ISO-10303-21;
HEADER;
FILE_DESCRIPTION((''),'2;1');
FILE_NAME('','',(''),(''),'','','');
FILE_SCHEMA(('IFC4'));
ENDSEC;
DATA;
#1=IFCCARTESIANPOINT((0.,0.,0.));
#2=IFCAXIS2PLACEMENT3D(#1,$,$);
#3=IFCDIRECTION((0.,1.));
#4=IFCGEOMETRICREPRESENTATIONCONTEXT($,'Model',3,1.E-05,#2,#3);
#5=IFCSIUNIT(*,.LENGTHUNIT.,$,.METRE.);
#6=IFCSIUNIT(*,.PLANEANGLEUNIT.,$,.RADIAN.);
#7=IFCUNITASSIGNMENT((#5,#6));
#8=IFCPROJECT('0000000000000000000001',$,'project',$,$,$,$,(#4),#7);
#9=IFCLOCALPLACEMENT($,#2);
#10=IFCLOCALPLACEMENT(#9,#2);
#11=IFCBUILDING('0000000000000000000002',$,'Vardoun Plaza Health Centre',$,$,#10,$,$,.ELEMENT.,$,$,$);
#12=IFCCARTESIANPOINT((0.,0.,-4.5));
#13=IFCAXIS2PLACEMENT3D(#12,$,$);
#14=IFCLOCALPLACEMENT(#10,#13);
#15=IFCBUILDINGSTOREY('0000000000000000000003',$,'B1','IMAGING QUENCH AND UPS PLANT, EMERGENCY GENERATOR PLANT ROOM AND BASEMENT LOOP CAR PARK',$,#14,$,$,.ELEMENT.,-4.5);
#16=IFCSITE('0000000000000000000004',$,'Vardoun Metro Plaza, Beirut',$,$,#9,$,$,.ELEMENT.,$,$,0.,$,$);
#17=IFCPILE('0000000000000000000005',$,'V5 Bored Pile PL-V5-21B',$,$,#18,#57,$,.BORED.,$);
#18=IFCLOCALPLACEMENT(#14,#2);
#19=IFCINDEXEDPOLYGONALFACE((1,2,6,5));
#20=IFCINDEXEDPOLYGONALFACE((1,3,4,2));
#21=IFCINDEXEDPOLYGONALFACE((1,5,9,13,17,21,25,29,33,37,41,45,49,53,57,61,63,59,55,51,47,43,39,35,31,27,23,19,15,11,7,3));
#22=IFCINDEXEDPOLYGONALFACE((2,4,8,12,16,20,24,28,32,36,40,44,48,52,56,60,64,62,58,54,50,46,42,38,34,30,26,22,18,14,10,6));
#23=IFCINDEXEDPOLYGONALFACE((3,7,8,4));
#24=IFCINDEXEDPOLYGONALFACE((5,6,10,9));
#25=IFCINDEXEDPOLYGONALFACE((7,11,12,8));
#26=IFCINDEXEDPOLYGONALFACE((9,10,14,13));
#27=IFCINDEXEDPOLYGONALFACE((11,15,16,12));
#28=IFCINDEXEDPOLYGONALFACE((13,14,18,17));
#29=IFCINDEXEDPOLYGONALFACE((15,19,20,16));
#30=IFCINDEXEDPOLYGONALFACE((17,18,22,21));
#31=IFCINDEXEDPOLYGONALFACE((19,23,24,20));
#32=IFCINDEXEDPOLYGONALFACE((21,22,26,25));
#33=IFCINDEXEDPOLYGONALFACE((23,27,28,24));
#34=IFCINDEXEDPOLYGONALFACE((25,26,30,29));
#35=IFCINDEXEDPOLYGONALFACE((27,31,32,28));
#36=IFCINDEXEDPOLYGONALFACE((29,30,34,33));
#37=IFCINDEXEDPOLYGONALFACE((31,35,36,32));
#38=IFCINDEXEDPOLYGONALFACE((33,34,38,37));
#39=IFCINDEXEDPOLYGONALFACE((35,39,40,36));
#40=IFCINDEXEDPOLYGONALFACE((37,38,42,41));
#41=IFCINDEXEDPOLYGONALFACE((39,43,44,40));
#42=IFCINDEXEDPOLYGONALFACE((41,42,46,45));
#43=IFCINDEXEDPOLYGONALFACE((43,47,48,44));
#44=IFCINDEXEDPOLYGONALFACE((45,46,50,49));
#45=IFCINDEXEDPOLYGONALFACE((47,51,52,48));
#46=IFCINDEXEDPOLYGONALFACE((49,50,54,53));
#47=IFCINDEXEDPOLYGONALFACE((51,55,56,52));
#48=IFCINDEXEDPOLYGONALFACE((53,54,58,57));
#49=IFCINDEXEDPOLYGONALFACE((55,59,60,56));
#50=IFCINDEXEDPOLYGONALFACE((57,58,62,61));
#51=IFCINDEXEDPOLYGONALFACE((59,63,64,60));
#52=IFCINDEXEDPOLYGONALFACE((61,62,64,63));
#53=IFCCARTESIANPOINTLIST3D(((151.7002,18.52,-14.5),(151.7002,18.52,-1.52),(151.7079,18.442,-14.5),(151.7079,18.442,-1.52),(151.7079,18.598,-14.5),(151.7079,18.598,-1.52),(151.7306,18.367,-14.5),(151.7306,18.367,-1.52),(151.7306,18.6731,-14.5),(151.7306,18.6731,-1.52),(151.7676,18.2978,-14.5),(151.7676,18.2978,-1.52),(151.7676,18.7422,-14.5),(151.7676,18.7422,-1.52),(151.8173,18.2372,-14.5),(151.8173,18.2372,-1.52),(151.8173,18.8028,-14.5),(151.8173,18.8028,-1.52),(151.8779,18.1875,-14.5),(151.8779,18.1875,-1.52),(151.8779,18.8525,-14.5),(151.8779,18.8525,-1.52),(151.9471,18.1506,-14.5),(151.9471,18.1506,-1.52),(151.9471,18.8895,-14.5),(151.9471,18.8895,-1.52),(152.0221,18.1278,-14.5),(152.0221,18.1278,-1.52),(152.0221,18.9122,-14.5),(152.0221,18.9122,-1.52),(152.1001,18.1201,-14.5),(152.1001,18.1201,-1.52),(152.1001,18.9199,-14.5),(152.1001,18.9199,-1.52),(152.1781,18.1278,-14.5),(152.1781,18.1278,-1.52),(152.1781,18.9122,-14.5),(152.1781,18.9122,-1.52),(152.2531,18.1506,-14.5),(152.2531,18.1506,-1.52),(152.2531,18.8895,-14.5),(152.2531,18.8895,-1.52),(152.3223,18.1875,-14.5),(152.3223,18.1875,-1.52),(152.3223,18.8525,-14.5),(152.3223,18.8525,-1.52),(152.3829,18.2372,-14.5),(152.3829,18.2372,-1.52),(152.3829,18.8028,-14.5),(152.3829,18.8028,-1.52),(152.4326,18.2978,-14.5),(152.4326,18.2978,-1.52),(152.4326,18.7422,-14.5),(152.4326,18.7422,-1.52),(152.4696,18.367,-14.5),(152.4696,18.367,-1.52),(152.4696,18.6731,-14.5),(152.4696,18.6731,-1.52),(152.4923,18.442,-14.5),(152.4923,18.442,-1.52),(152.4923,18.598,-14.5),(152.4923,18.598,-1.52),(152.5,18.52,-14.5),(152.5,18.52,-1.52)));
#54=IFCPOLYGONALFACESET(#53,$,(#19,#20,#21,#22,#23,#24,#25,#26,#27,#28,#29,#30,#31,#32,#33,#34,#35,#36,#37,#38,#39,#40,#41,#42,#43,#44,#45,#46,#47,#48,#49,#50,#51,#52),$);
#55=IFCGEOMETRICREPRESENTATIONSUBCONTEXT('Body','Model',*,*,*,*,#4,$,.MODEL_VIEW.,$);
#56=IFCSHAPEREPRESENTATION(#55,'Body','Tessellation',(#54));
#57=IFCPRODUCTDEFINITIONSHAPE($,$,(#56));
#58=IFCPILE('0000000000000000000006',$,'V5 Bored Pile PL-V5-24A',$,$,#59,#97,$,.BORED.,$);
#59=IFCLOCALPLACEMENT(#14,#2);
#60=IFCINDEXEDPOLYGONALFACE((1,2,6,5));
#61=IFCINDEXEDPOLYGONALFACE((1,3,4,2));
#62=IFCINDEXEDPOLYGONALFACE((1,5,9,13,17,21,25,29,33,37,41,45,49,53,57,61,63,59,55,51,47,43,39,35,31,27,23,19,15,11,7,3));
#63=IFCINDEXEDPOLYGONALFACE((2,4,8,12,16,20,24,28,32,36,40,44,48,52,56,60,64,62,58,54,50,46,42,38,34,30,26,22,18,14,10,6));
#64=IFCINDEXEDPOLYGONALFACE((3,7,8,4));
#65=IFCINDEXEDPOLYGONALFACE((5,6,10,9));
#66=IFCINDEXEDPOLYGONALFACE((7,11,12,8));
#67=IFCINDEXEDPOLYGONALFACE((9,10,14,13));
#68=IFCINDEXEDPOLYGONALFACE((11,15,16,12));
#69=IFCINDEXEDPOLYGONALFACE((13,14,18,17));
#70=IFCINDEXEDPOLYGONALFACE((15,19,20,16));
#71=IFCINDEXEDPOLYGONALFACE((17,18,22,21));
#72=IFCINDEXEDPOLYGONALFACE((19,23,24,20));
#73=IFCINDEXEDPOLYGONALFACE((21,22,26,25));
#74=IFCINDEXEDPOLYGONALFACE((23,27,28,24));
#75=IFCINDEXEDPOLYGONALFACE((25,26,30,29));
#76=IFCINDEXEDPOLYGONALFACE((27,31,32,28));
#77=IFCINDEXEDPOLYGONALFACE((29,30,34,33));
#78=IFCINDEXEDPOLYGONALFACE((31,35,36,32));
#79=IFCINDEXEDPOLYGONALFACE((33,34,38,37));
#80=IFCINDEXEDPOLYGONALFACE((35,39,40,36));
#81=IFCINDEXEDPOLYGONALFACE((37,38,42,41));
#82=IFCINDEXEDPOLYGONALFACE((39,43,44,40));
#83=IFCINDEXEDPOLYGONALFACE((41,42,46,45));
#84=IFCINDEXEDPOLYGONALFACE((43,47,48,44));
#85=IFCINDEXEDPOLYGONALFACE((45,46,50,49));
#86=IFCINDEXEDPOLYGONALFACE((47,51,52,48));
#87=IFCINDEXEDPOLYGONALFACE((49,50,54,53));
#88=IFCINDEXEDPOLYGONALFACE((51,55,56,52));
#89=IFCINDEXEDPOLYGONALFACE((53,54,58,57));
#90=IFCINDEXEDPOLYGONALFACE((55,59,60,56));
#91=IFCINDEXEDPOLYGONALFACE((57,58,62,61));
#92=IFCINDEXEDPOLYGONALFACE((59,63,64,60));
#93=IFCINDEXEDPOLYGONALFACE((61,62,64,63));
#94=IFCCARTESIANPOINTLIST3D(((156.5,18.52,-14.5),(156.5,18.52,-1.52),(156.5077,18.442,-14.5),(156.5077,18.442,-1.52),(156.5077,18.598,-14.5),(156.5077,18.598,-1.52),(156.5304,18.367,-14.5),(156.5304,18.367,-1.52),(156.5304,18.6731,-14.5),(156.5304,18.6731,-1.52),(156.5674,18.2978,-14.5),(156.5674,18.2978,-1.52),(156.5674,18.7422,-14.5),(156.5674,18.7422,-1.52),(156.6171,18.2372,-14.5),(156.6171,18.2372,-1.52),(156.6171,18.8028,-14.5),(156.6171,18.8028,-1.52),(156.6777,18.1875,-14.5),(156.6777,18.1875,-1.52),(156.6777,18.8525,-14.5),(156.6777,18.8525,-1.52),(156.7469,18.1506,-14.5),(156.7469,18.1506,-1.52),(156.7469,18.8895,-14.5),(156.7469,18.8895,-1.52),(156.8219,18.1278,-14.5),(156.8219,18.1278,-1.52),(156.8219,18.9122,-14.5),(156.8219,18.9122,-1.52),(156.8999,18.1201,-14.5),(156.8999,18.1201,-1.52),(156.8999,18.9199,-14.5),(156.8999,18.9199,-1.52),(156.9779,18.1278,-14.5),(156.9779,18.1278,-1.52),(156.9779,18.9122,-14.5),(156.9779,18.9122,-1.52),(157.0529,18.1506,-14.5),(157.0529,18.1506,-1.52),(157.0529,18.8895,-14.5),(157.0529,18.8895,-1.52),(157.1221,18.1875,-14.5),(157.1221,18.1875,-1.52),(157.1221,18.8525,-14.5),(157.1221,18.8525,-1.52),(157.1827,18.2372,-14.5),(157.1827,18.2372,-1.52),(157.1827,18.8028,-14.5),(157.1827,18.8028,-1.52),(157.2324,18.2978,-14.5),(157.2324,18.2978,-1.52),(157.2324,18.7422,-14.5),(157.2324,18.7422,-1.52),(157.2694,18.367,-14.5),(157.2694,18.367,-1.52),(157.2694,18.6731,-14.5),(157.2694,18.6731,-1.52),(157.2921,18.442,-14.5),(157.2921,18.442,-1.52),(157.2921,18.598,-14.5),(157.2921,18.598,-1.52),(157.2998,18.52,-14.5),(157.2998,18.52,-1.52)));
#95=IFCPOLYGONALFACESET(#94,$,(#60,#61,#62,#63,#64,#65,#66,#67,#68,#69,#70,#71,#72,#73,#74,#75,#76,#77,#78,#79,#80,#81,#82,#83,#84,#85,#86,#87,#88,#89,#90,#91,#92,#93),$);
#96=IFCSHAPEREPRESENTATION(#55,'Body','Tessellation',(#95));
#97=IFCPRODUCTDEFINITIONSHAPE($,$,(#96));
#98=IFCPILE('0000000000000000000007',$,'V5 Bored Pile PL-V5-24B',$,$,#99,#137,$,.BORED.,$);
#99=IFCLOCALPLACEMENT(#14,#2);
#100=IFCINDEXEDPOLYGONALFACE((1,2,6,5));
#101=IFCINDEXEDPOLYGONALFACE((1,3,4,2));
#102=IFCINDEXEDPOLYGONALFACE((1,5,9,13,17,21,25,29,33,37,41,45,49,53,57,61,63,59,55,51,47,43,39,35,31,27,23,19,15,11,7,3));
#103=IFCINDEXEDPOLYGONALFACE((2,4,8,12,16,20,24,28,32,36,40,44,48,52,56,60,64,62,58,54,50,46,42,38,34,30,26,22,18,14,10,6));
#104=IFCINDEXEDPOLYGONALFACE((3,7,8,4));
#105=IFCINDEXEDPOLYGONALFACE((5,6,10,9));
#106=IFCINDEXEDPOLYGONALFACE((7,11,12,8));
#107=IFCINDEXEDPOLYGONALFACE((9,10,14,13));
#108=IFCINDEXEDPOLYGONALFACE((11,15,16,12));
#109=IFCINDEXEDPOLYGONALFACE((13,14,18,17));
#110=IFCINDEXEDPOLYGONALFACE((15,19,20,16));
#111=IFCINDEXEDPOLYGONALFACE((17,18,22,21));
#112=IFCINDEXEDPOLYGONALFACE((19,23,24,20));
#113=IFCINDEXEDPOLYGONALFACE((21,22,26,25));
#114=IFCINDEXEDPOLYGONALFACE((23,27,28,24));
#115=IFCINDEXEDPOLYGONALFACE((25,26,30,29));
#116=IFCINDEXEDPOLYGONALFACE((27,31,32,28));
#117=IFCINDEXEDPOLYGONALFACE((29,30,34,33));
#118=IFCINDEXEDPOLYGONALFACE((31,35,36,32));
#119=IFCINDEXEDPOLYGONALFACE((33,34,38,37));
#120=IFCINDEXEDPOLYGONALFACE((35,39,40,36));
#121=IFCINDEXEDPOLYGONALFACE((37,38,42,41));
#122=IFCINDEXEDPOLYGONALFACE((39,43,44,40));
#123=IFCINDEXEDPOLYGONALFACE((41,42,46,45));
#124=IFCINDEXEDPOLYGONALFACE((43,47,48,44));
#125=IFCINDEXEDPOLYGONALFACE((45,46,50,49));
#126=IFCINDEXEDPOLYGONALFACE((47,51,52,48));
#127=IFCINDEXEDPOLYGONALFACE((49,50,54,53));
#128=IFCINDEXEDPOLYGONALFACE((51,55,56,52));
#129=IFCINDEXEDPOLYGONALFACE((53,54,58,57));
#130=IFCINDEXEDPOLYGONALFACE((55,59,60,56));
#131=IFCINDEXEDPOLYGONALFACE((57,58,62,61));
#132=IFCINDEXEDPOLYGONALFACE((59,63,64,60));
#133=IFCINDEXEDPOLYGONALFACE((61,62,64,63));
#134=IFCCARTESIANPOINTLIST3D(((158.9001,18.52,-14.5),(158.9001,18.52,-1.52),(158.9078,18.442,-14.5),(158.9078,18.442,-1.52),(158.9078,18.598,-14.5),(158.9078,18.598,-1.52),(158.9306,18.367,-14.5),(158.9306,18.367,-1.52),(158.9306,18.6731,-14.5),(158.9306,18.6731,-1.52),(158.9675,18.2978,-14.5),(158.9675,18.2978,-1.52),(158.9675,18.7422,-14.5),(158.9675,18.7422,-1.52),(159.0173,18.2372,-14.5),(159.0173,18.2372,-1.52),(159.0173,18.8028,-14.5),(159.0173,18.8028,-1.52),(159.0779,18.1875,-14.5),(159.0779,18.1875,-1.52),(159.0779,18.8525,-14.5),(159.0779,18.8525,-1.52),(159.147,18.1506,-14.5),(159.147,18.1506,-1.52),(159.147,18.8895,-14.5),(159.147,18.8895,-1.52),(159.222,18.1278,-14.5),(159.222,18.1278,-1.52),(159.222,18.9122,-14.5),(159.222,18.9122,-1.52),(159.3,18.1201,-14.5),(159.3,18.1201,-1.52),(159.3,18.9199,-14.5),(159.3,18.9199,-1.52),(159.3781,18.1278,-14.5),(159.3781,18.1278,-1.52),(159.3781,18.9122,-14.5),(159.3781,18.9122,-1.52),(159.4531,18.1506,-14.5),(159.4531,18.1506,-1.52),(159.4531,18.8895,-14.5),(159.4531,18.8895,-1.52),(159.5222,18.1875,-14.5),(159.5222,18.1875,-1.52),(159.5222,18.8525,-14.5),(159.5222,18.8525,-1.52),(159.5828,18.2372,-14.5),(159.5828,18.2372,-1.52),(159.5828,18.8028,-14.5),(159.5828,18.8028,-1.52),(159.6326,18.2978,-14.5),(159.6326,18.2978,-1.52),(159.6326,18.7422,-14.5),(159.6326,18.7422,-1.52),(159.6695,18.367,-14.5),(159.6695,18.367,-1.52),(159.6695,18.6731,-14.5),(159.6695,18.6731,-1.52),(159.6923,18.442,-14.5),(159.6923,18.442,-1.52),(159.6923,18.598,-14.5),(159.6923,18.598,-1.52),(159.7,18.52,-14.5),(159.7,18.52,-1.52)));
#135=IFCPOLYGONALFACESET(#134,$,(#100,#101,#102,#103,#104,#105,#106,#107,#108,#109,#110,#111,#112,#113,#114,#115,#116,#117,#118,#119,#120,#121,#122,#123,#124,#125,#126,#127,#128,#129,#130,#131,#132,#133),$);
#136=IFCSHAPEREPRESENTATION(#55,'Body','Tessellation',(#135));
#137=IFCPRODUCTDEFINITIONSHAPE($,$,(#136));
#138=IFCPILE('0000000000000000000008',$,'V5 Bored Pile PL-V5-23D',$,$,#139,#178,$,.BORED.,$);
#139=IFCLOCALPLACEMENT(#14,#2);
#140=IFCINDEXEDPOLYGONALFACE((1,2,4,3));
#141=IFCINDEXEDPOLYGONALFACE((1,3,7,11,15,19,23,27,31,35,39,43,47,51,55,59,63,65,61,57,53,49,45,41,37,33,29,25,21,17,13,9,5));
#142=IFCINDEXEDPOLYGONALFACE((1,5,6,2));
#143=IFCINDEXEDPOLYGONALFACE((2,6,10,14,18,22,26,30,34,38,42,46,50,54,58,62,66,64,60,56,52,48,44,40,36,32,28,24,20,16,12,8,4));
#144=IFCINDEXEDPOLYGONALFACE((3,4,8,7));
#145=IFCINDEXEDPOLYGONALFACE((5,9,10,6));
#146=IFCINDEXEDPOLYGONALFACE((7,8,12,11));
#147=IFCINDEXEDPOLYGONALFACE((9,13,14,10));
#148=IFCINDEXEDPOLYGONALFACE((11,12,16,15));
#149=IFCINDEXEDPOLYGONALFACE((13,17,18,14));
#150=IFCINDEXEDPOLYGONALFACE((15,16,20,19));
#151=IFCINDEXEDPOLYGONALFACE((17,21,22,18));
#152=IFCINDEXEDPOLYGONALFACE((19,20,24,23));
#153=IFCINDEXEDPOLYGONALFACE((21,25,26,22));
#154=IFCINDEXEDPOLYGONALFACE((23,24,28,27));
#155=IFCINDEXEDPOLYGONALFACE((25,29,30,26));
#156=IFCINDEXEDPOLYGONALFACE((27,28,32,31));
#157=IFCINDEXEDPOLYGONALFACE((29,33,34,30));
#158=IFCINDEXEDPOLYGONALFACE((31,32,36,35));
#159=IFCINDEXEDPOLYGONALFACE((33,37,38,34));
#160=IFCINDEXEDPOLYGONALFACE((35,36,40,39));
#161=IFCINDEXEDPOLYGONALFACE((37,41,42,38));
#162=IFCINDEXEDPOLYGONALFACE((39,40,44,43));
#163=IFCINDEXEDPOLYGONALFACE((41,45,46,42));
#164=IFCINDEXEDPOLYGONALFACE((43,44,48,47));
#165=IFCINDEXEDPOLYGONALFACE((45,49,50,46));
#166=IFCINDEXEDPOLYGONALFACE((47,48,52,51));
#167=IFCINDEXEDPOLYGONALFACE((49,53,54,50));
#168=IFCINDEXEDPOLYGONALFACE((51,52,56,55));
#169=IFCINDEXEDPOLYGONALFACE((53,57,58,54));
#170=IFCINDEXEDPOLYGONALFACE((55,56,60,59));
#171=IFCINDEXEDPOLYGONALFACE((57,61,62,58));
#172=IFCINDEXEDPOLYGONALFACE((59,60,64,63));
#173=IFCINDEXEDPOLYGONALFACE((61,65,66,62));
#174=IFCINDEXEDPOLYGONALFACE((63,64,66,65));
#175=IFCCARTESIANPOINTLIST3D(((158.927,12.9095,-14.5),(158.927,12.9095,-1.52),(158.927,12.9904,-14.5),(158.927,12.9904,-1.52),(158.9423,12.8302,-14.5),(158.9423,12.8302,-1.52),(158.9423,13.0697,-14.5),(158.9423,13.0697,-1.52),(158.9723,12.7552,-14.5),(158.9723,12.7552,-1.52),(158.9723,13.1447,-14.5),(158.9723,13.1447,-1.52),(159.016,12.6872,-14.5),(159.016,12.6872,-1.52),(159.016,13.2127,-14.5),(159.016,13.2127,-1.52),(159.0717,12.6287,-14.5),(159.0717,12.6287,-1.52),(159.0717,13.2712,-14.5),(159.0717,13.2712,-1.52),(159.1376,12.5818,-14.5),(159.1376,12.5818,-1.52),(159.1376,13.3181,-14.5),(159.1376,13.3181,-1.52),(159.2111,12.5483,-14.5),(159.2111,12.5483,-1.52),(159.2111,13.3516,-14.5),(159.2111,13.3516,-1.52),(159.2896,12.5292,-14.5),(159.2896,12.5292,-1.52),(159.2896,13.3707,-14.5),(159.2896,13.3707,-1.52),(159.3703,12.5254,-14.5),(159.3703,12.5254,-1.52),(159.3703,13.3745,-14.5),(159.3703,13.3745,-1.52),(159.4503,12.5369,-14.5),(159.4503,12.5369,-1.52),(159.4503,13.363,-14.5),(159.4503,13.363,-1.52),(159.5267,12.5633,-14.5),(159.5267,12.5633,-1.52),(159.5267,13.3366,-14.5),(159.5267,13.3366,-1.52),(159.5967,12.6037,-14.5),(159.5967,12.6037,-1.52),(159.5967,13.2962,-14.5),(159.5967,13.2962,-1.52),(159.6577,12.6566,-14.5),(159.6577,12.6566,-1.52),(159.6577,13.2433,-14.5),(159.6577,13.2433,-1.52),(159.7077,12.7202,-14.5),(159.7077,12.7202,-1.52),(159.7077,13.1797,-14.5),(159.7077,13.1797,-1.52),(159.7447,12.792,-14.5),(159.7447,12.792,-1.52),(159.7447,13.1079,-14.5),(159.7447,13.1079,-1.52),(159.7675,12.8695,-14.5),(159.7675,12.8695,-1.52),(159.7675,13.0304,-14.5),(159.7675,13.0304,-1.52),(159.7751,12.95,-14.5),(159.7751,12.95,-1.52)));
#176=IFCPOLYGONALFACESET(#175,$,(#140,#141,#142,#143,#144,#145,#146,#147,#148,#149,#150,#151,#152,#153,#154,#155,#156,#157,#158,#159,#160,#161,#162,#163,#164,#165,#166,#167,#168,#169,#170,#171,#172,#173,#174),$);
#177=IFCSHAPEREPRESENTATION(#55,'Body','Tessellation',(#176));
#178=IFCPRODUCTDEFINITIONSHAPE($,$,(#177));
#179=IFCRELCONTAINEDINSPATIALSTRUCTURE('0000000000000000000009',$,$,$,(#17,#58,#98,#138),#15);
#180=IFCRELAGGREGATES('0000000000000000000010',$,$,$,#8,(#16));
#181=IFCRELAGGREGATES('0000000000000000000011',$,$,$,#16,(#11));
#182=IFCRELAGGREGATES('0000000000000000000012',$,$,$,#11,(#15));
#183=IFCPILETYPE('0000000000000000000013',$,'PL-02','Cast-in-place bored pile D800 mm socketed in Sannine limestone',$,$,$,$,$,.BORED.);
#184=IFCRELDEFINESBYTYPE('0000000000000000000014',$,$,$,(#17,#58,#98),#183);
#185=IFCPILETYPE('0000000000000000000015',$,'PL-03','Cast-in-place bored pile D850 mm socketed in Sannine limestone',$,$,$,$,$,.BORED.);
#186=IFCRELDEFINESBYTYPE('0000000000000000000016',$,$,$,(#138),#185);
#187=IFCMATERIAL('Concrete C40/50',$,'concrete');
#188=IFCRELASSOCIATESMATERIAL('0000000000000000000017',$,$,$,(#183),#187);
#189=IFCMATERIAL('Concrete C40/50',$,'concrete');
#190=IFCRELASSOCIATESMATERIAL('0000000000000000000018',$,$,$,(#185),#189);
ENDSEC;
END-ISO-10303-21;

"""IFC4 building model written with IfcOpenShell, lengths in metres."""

from ifc_helpers import new_model, si_unit, direction, frame, origin, origin_2d, place, context, subcontext, project, spatial, circle, extrude, material, material_profile, profile_set, type_object, element, save


model = new_model("IFC4")

# Units and contexts
model_context = context("Model", 3, precision=1e-05, world=origin(), true_north=direction((0.0, 1.0)))
body_context = subcontext(model_context, "Body", "Model", "MODEL_VIEW")
ifc_project = project(units=[si_unit("LENGTHUNIT", "METRE"), si_unit("PLANEANGLEUNIT", "RADIAN")], contexts=[model_context])

# Site, building, storey
site_placement = place(None, origin())
site = spatial("IfcSite", under=ifc_project, at=site_placement, Name="Vardoun Metro Plaza, Beirut", CompositionType="ELEMENT", RefElevation=0.0)
building_placement = place(site_placement, origin())
building = spatial("IfcBuilding", under=site, at=building_placement, Name="Vardoun Plaza Health Centre", CompositionType="ELEMENT")
storey_placement = place(building_placement, frame((0.0, 0.0, -4.5)))
storey = spatial("IfcBuildingStorey", under=building, at=storey_placement, Name="B1", Description="IMAGING QUENCH AND UPS PLANT, EMERGENCY GENERATOR PLANT ROOM AND BASEMENT LOOP CAR PARK", CompositionType="ELEMENT", Elevation=-4.5)

# Piles
ifc_material_1 = material(Name="Concrete C40/50", Category="concrete")
ifc_material_profile_1 = material_profile(ifc_material_1, circle(Radius=0.3999, at=origin_2d()), Name="PILE D800")
ifc_profile_set_1 = profile_set([ifc_material_profile_1], Name="Concrete C40/50")
pile_type_1 = type_object("IfcPileType", Name="PL-02", Description="Cast-in-place bored pile D800 mm socketed in Sannine limestone", PredefinedType="BORED", material=ifc_profile_set_1)
for number, where, z_axis, x_axis, name in (
    (1, (152.1001, 18.52, -1.52), (0.0, 0.0, -1.0), (1.0, 0.0, 0.0), "V5 Bored Pile PL-V5-21B"),
    (2, (156.8999, 18.52, -1.52), (0.0, 0.0, -1.0), (1.0, 0.0, 0.0), "V5 Bored Pile PL-V5-24A"),
    (3, (159.3, 18.52, -1.52), (0.0, 0.0, -1.0), (1.0, 0.0, 0.0), "V5 Bored Pile PL-V5-24B"),
):
    element("IfcPile", number, at=place(storey_placement, frame(where, z_axis=z_axis, x_axis=x_axis)), inside=storey, type_object=pile_type_1, Name=name, PredefinedType="BORED", context=body_context, shape_type="SweptSolid", body=[
        extrude(circle(Radius=0.3999, at=origin_2d()), origin(), (0.0, 0.0, 1.0), 12.98),
    ])
ifc_material_2 = material(Name="Concrete C40/50", Category="concrete")
ifc_material_profile_2 = material_profile(ifc_material_2, circle(Radius=0.425, at=origin_2d()), Name="PILE D850")
ifc_profile_set_2 = profile_set([ifc_material_profile_2], Name="Concrete C40/50")
pile_type_2 = type_object("IfcPileType", Name="PL-03", Description="Cast-in-place bored pile D850 mm socketed in Sannine limestone", PredefinedType="BORED", material=ifc_profile_set_2)
pile_1_placement = place(storey_placement, frame((159.3501, 12.95, -1.52), z_axis=(0.0, 0.0, -1.0), x_axis=(1.0, 0.0, 0.0)))
element("IfcPile", 4, at=pile_1_placement, inside=storey, type_object=pile_type_2, Name="V5 Bored Pile PL-V5-23D", PredefinedType="BORED", context=body_context, shape_type="SweptSolid", body=[
    extrude(circle(Radius=0.425, at=origin_2d()), origin(), (0.0, 0.0, 1.0), 12.98),
])

save(model, "model.ifc")
